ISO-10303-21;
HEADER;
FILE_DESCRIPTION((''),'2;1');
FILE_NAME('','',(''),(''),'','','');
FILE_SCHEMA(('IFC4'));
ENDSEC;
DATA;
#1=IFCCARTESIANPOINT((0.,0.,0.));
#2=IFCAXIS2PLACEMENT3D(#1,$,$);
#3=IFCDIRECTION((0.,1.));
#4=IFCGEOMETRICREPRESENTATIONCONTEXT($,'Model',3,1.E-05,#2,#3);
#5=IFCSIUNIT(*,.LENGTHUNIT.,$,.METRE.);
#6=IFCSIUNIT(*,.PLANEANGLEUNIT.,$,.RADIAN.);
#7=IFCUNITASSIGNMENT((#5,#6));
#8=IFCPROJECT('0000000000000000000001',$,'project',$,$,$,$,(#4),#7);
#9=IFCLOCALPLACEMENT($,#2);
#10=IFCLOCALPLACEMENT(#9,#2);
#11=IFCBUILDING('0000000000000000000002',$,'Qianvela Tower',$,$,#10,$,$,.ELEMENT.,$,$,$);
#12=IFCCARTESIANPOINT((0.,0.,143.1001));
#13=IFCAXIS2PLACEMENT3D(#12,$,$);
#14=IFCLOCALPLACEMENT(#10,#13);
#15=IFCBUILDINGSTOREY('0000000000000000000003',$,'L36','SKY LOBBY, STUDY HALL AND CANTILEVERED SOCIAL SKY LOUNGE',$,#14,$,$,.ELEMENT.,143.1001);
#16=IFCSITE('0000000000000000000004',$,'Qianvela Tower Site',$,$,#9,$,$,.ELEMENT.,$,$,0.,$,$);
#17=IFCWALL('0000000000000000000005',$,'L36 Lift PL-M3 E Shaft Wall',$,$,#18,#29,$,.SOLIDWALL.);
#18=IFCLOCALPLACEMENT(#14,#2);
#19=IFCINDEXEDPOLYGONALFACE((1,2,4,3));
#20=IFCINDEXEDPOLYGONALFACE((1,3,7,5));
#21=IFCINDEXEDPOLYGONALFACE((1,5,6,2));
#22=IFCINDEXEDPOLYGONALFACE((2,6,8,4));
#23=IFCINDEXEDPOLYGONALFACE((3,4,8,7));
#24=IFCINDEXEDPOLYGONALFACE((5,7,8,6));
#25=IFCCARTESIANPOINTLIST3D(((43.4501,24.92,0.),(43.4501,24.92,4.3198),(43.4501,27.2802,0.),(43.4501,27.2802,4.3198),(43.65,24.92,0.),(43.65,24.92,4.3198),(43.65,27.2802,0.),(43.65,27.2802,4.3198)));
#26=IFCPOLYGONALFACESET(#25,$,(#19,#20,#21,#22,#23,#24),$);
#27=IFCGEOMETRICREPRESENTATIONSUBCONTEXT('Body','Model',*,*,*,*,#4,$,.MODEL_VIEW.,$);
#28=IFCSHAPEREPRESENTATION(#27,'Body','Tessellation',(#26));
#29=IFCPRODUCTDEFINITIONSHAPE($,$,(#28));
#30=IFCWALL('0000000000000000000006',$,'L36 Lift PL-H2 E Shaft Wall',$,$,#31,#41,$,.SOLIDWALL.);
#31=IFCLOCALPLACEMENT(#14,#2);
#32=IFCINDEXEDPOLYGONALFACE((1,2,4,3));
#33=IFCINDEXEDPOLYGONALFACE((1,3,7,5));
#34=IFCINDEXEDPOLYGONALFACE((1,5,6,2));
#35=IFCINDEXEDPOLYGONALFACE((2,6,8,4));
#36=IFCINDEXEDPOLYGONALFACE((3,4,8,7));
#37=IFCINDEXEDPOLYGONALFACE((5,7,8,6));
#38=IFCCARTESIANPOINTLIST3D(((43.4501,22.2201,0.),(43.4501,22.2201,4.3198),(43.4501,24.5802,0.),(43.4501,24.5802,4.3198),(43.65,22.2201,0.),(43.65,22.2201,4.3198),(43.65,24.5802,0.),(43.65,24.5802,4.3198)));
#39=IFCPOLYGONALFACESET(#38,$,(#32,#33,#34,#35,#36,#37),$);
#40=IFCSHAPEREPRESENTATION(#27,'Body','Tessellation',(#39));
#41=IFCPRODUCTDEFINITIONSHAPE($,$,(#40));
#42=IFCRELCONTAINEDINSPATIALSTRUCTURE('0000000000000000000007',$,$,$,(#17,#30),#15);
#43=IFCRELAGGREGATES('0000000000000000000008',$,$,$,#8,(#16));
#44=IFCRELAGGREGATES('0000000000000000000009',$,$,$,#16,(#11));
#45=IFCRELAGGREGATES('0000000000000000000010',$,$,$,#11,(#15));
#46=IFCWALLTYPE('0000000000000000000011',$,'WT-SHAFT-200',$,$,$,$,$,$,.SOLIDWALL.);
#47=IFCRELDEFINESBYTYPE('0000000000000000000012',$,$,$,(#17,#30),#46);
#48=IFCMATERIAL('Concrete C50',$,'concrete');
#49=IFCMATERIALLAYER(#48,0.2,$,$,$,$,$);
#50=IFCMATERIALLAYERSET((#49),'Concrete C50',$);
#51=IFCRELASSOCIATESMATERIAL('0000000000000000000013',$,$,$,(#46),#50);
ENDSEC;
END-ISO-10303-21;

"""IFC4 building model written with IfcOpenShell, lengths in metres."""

from ifc_helpers import new_model, si_unit, direction, frame, frame_2d, origin, place, context, subcontext, project, spatial, rectangle, extrude, material, layer, layer_set, type_object, element, save


model = new_model("IFC4")

# Units and contexts
model_context = context("Model", 3, precision=1e-05, world=origin(), true_north=direction((0.0, 1.0)))
body_context = subcontext(model_context, "Body", "Model", "MODEL_VIEW")
ifc_project = project(units=[si_unit("LENGTHUNIT", "METRE"), si_unit("PLANEANGLEUNIT", "RADIAN")], contexts=[model_context])

# Site, building, storey
site_placement = place(None, origin())
site = spatial("IfcSite", under=ifc_project, at=site_placement, Name="Qianvela Tower Site", CompositionType="ELEMENT", RefElevation=0.0)
building_placement = place(site_placement, origin())
building = spatial("IfcBuilding", under=site, at=building_placement, Name="Qianvela Tower", CompositionType="ELEMENT")
storey_placement = place(building_placement, frame((0.0, 0.0, 143.1001)))
storey = spatial("IfcBuildingStorey", under=building, at=storey_placement, Name="L36", Description="SKY LOBBY, STUDY HALL AND CANTILEVERED SOCIAL SKY LOUNGE", CompositionType="ELEMENT", Elevation=143.1001)

# Walls
ifc_material_1 = material(Name="Concrete C50", Category="concrete")
ifc_layer_1 = layer(ifc_material_1, 0.2)
ifc_layer_set_1 = layer_set([ifc_layer_1], Name="Concrete C50")
wall_type_1 = type_object("IfcWallType", Name="WT-SHAFT-200", PredefinedType="SOLIDWALL", material=ifc_layer_set_1)
for number, where, z_axis, x_axis, name in (
    (1, (43.55, 24.9199, 0.0), (0.0, 0.0, 1.0), (0.0, 1.0, 0.0), "L36 Lift PL-M3 E Shaft Wall"),
    (2, (43.55, 22.22, 0.0), (0.0, 0.0, 1.0), (0.0, 1.0, 0.0), "L36 Lift PL-H2 E Shaft Wall"),
):
    element("IfcWall", number, at=place(storey_placement, frame(where, z_axis=z_axis, x_axis=x_axis)), inside=storey, type_object=wall_type_1, Name=name, PredefinedType="SOLIDWALL", context=body_context, shape_type="SweptSolid", body=[
        extrude(rectangle(XDim=2.3601, YDim=0.2, at=frame_2d((1.1802, 0.0))), origin(), (0.0, 0.0, 1.0), 4.3198),
    ])

save(model, "model.ifc")
